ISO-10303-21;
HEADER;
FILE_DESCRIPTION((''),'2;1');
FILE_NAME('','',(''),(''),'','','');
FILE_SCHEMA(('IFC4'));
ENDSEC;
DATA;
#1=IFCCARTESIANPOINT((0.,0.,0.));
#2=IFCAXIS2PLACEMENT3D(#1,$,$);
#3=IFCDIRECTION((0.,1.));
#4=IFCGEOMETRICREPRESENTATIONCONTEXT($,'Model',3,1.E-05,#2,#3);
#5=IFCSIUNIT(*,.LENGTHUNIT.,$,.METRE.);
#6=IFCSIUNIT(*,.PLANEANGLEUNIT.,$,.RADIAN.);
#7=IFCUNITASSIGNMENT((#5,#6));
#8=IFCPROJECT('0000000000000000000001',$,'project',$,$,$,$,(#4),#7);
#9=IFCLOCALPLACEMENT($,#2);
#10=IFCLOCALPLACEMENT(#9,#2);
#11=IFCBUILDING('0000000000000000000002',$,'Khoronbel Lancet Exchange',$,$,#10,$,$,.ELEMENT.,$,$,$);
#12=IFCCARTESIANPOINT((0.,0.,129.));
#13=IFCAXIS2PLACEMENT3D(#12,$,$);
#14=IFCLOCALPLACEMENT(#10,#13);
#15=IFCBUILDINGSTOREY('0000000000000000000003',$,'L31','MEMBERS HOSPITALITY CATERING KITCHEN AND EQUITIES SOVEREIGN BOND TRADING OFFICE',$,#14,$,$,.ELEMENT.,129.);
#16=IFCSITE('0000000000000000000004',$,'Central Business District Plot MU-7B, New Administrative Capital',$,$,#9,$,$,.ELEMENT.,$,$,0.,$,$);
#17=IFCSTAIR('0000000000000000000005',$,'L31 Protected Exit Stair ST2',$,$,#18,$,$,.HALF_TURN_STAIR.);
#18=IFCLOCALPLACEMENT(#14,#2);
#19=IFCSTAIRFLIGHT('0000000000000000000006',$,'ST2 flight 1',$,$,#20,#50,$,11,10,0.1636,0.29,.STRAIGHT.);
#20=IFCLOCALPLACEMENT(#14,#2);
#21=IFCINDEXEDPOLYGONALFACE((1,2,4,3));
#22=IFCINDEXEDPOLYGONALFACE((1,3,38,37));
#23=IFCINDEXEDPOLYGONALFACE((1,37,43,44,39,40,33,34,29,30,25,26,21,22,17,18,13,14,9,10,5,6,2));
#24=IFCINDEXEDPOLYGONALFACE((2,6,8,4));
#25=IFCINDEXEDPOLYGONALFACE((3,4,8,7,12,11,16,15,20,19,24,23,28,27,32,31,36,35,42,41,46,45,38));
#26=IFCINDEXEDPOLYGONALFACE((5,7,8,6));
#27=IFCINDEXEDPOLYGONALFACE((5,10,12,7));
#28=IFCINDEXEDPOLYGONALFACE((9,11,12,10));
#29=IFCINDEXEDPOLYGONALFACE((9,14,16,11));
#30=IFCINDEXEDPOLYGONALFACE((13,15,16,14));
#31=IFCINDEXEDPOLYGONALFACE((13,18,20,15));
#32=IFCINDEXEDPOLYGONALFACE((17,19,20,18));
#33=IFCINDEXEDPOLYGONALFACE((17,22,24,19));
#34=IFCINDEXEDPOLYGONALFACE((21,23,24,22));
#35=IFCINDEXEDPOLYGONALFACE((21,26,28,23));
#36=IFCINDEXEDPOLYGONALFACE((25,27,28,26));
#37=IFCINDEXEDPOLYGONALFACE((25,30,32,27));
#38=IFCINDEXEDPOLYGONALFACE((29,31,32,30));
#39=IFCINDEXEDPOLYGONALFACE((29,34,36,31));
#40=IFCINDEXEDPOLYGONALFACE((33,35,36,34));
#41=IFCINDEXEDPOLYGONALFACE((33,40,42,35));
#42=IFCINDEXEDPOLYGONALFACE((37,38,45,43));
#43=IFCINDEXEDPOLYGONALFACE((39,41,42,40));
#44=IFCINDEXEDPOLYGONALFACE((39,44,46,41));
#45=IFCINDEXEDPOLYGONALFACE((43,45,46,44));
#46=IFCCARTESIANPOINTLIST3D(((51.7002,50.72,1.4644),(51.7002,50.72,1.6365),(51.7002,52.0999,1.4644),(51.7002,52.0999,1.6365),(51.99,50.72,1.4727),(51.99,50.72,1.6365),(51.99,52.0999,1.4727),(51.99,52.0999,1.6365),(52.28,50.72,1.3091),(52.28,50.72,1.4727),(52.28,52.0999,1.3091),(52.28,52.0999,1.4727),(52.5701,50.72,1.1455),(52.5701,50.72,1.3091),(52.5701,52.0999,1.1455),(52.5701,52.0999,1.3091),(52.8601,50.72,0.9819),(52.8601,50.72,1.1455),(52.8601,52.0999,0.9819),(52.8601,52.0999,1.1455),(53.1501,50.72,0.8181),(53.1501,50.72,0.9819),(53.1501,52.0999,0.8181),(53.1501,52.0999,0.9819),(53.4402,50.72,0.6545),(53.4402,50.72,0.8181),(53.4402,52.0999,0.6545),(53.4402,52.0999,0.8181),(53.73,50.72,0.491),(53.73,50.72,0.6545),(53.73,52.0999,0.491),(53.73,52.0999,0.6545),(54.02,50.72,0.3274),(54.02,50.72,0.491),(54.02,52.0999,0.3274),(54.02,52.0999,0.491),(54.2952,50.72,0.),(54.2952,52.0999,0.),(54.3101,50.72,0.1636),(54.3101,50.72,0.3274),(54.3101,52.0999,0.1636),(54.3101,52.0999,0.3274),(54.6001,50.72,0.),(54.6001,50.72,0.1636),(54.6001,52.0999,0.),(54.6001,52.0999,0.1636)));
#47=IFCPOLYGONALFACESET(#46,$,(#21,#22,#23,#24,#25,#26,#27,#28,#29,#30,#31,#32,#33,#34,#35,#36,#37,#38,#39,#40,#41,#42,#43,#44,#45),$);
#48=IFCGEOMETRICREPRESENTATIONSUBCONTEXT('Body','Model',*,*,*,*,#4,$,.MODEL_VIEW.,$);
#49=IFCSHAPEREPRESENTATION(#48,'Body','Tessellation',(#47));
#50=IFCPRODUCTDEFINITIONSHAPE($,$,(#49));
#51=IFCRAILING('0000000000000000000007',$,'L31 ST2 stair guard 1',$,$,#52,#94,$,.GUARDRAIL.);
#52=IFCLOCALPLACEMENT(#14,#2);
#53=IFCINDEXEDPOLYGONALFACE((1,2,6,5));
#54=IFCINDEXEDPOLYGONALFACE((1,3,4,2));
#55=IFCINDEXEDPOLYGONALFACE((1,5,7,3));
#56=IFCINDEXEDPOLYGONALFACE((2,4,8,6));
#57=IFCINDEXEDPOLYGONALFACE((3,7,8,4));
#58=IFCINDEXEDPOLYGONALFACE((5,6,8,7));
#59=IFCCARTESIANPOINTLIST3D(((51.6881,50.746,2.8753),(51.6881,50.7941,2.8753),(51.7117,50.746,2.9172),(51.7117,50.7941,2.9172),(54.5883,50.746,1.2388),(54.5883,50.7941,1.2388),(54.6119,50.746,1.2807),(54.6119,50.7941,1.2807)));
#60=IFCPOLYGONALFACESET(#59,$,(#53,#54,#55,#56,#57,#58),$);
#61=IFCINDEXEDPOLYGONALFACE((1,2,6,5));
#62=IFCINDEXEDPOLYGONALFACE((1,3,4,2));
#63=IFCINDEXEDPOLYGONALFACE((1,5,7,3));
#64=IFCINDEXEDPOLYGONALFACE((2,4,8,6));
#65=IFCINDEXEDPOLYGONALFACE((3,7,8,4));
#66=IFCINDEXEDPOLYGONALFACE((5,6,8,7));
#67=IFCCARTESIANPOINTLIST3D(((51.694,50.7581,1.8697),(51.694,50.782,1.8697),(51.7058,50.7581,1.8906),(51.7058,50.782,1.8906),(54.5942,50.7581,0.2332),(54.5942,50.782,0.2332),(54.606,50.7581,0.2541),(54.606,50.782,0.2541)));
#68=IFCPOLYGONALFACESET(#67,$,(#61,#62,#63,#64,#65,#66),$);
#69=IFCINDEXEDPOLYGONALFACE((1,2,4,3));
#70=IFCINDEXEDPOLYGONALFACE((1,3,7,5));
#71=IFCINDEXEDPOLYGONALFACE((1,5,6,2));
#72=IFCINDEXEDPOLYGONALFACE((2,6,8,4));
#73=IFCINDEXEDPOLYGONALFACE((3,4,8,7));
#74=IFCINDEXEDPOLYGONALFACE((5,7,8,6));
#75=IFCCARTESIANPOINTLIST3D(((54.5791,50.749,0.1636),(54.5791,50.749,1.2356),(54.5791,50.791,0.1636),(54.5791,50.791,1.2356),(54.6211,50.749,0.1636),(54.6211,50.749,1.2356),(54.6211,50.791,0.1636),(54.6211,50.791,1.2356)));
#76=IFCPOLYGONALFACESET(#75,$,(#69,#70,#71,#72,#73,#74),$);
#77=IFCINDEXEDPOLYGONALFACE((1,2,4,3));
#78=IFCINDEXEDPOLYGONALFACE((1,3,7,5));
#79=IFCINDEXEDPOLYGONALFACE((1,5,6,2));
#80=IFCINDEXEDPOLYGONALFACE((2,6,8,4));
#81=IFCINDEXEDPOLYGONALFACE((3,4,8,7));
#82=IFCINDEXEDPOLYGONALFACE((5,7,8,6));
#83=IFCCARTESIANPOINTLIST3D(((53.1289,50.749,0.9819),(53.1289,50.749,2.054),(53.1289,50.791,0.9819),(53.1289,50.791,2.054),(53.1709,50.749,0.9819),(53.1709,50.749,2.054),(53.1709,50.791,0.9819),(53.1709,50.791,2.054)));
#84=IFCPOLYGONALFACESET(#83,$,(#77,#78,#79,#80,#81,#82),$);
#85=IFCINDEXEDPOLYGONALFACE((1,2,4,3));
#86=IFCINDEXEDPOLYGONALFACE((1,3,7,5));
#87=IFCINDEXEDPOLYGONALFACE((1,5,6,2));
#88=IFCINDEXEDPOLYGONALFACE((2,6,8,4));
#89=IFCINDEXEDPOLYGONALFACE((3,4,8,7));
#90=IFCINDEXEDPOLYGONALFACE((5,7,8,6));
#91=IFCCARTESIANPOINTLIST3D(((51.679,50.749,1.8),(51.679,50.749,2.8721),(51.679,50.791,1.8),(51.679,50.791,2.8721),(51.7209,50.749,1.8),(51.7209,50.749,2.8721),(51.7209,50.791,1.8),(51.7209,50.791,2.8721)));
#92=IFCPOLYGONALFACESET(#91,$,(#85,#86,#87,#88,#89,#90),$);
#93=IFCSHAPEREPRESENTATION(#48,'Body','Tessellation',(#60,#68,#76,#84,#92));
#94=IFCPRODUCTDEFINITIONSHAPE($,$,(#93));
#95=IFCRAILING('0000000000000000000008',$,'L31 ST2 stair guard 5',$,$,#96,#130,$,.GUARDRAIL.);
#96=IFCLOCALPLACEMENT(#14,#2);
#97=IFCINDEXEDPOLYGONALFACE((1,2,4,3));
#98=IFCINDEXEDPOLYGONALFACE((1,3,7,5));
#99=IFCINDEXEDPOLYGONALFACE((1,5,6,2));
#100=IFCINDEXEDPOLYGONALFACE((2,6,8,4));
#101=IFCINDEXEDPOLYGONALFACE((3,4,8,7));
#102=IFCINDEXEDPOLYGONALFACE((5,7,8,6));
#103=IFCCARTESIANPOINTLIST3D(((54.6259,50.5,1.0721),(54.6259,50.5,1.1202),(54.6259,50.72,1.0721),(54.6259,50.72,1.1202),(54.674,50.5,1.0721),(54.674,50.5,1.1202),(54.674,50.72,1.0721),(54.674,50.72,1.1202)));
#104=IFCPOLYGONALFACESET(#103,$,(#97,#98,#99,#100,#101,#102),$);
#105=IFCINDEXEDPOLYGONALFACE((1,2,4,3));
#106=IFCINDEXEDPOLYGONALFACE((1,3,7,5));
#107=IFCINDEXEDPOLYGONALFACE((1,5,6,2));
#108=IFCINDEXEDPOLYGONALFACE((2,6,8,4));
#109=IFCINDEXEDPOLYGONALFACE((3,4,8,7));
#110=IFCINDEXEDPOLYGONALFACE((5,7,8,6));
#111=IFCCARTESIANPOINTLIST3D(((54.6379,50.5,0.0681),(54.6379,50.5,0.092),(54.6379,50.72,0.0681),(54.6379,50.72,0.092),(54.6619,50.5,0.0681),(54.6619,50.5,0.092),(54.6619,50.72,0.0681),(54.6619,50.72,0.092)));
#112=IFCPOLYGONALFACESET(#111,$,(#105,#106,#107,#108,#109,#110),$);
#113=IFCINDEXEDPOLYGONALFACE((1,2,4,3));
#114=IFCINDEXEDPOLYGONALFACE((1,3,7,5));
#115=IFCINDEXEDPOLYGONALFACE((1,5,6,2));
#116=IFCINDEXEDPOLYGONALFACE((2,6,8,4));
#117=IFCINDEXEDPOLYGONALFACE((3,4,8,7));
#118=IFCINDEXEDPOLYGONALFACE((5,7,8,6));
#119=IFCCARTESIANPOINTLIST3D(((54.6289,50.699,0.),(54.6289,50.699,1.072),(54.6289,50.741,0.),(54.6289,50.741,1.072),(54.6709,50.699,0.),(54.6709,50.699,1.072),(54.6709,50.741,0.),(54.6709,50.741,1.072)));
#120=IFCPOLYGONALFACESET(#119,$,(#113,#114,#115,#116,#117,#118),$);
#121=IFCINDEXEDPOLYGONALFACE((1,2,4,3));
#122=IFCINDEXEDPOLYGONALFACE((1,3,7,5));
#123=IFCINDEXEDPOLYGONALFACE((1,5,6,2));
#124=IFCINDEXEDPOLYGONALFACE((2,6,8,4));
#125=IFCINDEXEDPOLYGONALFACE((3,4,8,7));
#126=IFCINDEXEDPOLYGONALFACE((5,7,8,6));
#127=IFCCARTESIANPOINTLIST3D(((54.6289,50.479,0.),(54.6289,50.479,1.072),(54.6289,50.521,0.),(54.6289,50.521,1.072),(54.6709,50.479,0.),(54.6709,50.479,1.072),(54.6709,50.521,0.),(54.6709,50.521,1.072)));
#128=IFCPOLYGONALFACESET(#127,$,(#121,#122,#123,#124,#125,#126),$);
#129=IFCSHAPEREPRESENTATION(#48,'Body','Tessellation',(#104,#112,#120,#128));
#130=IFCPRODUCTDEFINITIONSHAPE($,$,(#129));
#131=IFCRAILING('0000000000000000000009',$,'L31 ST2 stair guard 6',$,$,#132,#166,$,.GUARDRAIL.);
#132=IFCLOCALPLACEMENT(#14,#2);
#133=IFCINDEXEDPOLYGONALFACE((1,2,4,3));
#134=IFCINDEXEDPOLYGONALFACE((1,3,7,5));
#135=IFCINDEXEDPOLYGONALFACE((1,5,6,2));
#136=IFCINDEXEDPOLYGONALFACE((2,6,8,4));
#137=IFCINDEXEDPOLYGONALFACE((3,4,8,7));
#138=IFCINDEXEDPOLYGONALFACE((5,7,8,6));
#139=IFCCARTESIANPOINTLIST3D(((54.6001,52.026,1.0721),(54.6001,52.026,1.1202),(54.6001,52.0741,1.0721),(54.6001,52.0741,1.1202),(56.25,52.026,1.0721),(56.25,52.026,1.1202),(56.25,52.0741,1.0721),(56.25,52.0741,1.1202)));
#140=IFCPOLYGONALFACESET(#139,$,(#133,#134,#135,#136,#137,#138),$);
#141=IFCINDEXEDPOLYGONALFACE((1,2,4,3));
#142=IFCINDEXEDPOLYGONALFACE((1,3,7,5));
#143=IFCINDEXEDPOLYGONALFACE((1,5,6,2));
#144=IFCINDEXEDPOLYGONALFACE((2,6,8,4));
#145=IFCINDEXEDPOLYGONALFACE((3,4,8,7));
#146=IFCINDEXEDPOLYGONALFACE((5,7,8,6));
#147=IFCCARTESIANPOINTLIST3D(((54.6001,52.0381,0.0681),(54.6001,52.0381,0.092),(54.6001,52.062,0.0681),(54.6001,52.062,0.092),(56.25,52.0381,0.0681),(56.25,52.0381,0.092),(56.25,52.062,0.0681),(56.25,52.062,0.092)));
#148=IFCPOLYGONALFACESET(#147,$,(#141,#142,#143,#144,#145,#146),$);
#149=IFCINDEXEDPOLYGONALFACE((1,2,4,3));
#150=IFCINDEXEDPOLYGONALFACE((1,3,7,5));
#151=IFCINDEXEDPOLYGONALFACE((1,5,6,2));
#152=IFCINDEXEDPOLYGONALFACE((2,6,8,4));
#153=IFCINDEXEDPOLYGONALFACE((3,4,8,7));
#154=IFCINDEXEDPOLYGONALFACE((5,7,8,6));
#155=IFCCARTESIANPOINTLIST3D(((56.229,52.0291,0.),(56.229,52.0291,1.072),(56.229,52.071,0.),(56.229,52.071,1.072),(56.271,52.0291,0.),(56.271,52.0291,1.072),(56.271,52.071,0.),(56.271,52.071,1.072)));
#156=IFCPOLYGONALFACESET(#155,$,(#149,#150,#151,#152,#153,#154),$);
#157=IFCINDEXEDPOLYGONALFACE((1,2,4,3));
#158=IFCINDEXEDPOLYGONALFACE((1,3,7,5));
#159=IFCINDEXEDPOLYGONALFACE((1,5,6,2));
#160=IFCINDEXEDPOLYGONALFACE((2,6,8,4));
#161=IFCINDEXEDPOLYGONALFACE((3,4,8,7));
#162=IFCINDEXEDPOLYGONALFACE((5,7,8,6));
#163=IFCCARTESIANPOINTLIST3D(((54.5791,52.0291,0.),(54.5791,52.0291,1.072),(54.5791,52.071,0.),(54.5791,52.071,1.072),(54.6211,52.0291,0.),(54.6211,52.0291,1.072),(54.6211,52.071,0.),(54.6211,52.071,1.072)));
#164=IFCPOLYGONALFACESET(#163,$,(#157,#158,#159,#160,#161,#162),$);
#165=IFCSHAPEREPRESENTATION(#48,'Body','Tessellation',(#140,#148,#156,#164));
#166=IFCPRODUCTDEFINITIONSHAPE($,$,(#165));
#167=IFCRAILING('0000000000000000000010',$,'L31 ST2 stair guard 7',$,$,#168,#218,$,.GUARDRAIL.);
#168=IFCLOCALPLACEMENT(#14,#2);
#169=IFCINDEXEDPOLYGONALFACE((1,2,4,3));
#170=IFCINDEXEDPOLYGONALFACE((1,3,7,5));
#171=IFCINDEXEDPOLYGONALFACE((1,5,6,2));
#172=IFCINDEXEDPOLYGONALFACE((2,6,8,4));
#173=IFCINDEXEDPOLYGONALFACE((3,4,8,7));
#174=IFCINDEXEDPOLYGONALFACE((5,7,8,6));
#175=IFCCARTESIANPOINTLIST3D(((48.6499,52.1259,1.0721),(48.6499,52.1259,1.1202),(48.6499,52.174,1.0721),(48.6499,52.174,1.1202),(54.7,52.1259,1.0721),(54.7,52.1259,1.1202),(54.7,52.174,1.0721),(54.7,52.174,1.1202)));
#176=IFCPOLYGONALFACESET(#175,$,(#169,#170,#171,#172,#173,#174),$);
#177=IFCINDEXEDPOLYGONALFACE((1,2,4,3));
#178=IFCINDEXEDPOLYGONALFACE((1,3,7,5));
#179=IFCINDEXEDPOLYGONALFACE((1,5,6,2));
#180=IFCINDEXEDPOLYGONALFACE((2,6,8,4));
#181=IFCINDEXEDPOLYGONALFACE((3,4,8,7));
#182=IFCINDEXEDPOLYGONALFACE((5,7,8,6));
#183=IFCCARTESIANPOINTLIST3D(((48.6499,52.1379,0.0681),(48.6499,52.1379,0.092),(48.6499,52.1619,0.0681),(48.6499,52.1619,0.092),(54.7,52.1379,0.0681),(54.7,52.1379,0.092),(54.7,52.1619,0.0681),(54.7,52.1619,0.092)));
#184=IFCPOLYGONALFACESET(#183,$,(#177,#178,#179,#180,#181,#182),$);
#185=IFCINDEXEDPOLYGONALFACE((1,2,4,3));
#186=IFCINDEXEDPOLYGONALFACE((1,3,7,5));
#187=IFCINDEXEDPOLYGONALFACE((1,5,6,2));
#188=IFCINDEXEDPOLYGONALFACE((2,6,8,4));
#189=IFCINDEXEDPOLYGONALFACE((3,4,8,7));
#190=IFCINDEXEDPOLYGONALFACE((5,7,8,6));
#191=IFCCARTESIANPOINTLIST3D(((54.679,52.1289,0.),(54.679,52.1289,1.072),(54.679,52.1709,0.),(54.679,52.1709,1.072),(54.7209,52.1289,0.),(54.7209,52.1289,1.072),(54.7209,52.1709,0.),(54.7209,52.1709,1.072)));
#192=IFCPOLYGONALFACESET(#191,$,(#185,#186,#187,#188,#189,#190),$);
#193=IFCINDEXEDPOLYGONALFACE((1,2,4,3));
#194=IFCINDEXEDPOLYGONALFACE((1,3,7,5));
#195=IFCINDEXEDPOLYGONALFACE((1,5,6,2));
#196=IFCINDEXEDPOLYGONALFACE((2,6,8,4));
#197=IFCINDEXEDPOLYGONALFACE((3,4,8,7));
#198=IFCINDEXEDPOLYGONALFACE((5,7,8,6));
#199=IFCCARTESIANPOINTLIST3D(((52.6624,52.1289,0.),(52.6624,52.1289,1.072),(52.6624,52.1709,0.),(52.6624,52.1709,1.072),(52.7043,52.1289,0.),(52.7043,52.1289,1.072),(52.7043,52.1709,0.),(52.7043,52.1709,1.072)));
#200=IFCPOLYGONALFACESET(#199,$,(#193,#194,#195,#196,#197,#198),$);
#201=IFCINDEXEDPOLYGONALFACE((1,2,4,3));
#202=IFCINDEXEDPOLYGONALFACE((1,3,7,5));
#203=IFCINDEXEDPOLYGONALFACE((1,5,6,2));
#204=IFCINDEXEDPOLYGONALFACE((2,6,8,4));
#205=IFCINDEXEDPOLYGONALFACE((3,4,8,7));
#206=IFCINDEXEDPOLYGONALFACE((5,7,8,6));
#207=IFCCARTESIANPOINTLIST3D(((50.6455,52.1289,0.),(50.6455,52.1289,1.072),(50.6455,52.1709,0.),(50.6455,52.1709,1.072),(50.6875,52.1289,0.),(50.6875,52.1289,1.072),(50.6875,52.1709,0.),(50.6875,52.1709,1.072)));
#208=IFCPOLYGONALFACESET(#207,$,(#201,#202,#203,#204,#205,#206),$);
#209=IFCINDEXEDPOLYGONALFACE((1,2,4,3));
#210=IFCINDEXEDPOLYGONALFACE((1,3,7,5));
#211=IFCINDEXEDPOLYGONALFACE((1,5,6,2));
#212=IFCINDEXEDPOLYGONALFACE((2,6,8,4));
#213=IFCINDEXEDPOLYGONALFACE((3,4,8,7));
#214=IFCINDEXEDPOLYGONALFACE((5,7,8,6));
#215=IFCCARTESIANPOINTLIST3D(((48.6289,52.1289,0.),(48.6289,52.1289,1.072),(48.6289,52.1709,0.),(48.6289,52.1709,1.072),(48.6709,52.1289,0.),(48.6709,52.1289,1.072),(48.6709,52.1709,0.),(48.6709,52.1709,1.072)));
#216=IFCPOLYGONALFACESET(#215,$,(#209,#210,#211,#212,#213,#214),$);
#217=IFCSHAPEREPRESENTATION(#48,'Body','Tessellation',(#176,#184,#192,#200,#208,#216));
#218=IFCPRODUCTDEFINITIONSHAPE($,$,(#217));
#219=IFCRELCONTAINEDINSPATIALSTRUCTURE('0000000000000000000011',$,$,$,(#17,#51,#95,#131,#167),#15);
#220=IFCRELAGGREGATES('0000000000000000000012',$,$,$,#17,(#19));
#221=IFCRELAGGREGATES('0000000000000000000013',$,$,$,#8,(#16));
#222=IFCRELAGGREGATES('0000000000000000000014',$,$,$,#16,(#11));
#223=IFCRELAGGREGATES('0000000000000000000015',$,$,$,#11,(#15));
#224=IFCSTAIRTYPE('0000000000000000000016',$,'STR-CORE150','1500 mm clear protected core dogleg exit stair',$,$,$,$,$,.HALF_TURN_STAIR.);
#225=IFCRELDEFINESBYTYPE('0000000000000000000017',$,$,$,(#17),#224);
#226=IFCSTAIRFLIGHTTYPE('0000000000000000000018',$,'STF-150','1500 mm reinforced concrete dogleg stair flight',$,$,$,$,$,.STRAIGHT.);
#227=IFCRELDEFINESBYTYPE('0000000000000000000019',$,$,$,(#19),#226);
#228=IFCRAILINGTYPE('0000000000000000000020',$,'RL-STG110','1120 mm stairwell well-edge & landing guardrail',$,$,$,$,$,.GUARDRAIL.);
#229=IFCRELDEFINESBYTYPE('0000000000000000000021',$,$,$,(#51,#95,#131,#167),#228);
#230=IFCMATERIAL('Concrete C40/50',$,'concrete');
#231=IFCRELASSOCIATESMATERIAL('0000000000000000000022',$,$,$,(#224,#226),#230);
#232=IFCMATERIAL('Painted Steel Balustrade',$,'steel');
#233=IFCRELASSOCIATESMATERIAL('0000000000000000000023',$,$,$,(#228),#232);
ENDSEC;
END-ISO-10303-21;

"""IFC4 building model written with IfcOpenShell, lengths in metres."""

from ifc_helpers import new_model, si_unit, direction, frame, origin, origin_2d, place, context, subcontext, project, spatial, polyline, rectangle, outline, extrude, material, type_object, element, aggregate, save


model = new_model("IFC4")

# Units and contexts
model_context = context("Model", 3, precision=1e-05, world=origin(), true_north=direction((0.0, 1.0)))
body_context = subcontext(model_context, "Body", "Model", "MODEL_VIEW")
ifc_project = project(units=[si_unit("LENGTHUNIT", "METRE"), si_unit("PLANEANGLEUNIT", "RADIAN")], contexts=[model_context])

# Site, building, storey
site_placement = place(None, origin())
site = spatial("IfcSite", under=ifc_project, at=site_placement, Name="Central Business District Plot MU-7B, New Administrative Capital", CompositionType="ELEMENT", RefElevation=0.0)
building_placement = place(site_placement, origin())
building = spatial("IfcBuilding", under=site, at=building_placement, Name="Khoronbel Lancet Exchange", CompositionType="ELEMENT")
storey_placement = place(building_placement, frame((0.0, 0.0, 129.0)))
storey = spatial("IfcBuildingStorey", under=building, at=storey_placement, Name="L31", Description="MEMBERS HOSPITALITY CATERING KITCHEN AND EQUITIES SOVEREIGN BOND TRADING OFFICE", CompositionType="ELEMENT", Elevation=129.0)

# Stair, stair flight
ifc_material_1 = material(Name="Concrete C40/50", Category="concrete")
stair_type = type_object("IfcStairType", Name="STR-CORE150", Description="1500 mm clear protected core dogleg exit stair", PredefinedType="HALF_TURN_STAIR", material=ifc_material_1)
stair_placement = place(storey_placement, origin())
stair = element("IfcStair", 1, at=stair_placement, inside=storey, type_object=stair_type, Name="L31 Protected Exit Stair ST2", PredefinedType="HALF_TURN_STAIR")
stair_flight_type = type_object("IfcStairFlightType", Name="STF-150", Description="1500 mm reinforced concrete dogleg stair flight", PredefinedType="STRAIGHT", material=ifc_material_1)
stair_flight_placement = place(storey_placement, frame((54.6001, 51.4099, 0.0), z_axis=(0.0, 0.0, 1.0), x_axis=(-1.0, 0.0, 0.0)))
stair_flight = element("IfcStairFlight", 2, at=stair_flight_placement, type_object=stair_flight_type, Name="ST2 flight 1", NumberOfRisers=11, NumberOfTreads=10, PredefinedType="STRAIGHT", RiserHeight=0.1636, TreadLength=0.29, context=body_context, shape_type="SweptSolid", body=[
    extrude(outline(polyline([(0.0, 0.0), (0.0, 0.1636), (0.29, 0.1636), (0.29, 0.3274), (0.5801, 0.3274), (0.5801, 0.491), (0.8701, 0.491), (0.8701, 0.6545), (1.1599, 0.6545), (1.1599, 0.8181), (1.45, 0.8181), (1.45, 0.9819), (1.74, 0.9819), (1.74, 1.1455), (2.03, 1.1455), (2.03, 1.3091), (2.3201, 1.3091), (2.3201, 1.4727), (2.6101, 1.4727), (2.6101, 1.6365), (2.8999, 1.6365), (2.8999, 1.8), (2.8999, 1.4644), (0.3049, 0.0), (0.0, 0.0)])), frame((0.0, 0.6899, 0.0), z_axis=(0.0, -1.0, 0.0), x_axis=(1.0, 0.0, 0.0)), (0.0, 0.0, 1.0), 1.3799),
])
aggregate(stair, [stair_flight])

# Railings
ifc_material_2 = material(Name="Painted Steel Balustrade", Category="steel")
railing_type_1 = type_object("IfcRailingType", Name="RL-STG110", Description="1120 mm stairwell well-edge & landing guardrail", PredefinedType="GUARDRAIL", material=ifc_material_2)
railing_1_placement = place(storey_placement, frame((54.6001, 50.77, 0.1636)))
element("IfcRailing", 3, at=railing_1_placement, inside=storey, type_object=railing_type_1, Name="L31 ST2 stair guard 1", PredefinedType="GUARDRAIL", context=body_context, shape_type="SweptSolid", body=[
    extrude(rectangle(XDim=0.0481, YDim=0.0481, at=origin_2d()), frame((0.0, 0.0, 1.0962), z_axis=(-0.870915, 0.0, 0.491434), x_axis=(0.0, -1.0, 0.0)), (0.0, 0.0, 1.0), 3.3301),
    extrude(rectangle(XDim=0.0239, YDim=0.0239, at=origin_2d()), frame((0.0, 0.0, 0.0801), z_axis=(-0.870915, 0.0, 0.491434), x_axis=(0.0, -1.0, 0.0)), (0.0, 0.0, 1.0), 3.3301),
    extrude(rectangle(XDim=0.042, YDim=0.042, at=origin_2d()), origin(), (0.0, 0.0, 1.0), 1.072),
    extrude(rectangle(XDim=0.042, YDim=0.042, at=origin_2d()), frame((-1.4502, 0.0, 0.8184)), (0.0, 0.0, 1.0), 1.072),
    extrude(rectangle(XDim=0.042, YDim=0.042, at=origin_2d()), frame((-2.9001, 0.0, 1.6365)), (0.0, 0.0, 1.0), 1.072),
])
railing_2_placement = place(storey_placement, frame((54.6499, 50.72, 0.0)))
element("IfcRailing", 4, at=railing_2_placement, inside=storey, type_object=railing_type_1, Name="L31 ST2 stair guard 5", PredefinedType="GUARDRAIL", context=body_context, shape_type="SweptSolid", body=[
    extrude(rectangle(XDim=0.0481, YDim=0.0481, at=origin_2d()), frame((0.0, 0.0, 1.0962), z_axis=(0.0, -1.0, 0.0), x_axis=(1.0, 0.0, 0.0)), (0.0, 0.0, 1.0), 0.22),
    extrude(rectangle(XDim=0.0239, YDim=0.0239, at=origin_2d()), frame((0.0, 0.0, 0.0801), z_axis=(0.0, -1.0, 0.0), x_axis=(1.0, 0.0, 0.0)), (0.0, 0.0, 1.0), 0.22),
    extrude(rectangle(XDim=0.042, YDim=0.042, at=origin_2d()), origin(), (0.0, 0.0, 1.0), 1.072),
    extrude(rectangle(XDim=0.042, YDim=0.042, at=origin_2d()), frame((0.0, -0.22, 0.0)), (0.0, 0.0, 1.0), 1.072),
])
railing_3_placement = place(storey_placement, frame((56.25, 52.05, 0.0)))
element("IfcRailing", 5, at=railing_3_placement, inside=storey, type_object=railing_type_1, Name="L31 ST2 stair guard 6", PredefinedType="GUARDRAIL", context=body_context, shape_type="SweptSolid", body=[
    extrude(rectangle(XDim=0.0481, YDim=0.0481, at=origin_2d()), frame((0.0, 0.0, 1.0962), z_axis=(-1.0, 0.0, 0.0), x_axis=(0.0, -1.0, 0.0)), (0.0, 0.0, 1.0), 1.6499),
    extrude(rectangle(XDim=0.0239, YDim=0.0239, at=origin_2d()), frame((0.0, 0.0, 0.0801), z_axis=(-1.0, 0.0, 0.0), x_axis=(0.0, -1.0, 0.0)), (0.0, 0.0, 1.0), 1.6499),
    extrude(rectangle(XDim=0.042, YDim=0.042, at=origin_2d()), origin(), (0.0, 0.0, 1.0), 1.072),
    extrude(rectangle(XDim=0.042, YDim=0.042, at=origin_2d()), frame((-1.6499, 0.0, 0.0)), (0.0, 0.0, 1.0), 1.072),
])
railing_4_placement = place(storey_placement, frame((54.7, 52.1499, 0.0)))
element("IfcRailing", 6, at=railing_4_placement, inside=storey, type_object=railing_type_1, Name="L31 ST2 stair guard 7", PredefinedType="GUARDRAIL", context=body_context, shape_type="SweptSolid", body=[
    extrude(rectangle(XDim=0.0481, YDim=0.0481, at=origin_2d()), frame((0.0, 0.0, 1.0962), z_axis=(-1.0, 0.0, 0.0), x_axis=(0.0, -1.0, 0.0)), (0.0, 0.0, 1.0), 6.05),
    extrude(rectangle(XDim=0.0239, YDim=0.0239, at=origin_2d()), frame((0.0, 0.0, 0.0801), z_axis=(-1.0, 0.0, 0.0), x_axis=(0.0, -1.0, 0.0)), (0.0, 0.0, 1.0), 6.05),
    extrude(rectangle(XDim=0.042, YDim=0.042, at=origin_2d()), origin(), (0.0, 0.0, 1.0), 1.072),
    extrude(rectangle(XDim=0.042, YDim=0.042, at=origin_2d()), frame((-2.0166, 0.0, 0.0)), (0.0, 0.0, 1.0), 1.072),
    extrude(rectangle(XDim=0.042, YDim=0.042, at=origin_2d()), frame((-4.0334, 0.0, 0.0)), (0.0, 0.0, 1.0), 1.072),
    extrude(rectangle(XDim=0.042, YDim=0.042, at=origin_2d()), frame((-6.05, 0.0, 0.0)), (0.0, 0.0, 1.0), 1.072),
])

save(model, "model.ifc")
